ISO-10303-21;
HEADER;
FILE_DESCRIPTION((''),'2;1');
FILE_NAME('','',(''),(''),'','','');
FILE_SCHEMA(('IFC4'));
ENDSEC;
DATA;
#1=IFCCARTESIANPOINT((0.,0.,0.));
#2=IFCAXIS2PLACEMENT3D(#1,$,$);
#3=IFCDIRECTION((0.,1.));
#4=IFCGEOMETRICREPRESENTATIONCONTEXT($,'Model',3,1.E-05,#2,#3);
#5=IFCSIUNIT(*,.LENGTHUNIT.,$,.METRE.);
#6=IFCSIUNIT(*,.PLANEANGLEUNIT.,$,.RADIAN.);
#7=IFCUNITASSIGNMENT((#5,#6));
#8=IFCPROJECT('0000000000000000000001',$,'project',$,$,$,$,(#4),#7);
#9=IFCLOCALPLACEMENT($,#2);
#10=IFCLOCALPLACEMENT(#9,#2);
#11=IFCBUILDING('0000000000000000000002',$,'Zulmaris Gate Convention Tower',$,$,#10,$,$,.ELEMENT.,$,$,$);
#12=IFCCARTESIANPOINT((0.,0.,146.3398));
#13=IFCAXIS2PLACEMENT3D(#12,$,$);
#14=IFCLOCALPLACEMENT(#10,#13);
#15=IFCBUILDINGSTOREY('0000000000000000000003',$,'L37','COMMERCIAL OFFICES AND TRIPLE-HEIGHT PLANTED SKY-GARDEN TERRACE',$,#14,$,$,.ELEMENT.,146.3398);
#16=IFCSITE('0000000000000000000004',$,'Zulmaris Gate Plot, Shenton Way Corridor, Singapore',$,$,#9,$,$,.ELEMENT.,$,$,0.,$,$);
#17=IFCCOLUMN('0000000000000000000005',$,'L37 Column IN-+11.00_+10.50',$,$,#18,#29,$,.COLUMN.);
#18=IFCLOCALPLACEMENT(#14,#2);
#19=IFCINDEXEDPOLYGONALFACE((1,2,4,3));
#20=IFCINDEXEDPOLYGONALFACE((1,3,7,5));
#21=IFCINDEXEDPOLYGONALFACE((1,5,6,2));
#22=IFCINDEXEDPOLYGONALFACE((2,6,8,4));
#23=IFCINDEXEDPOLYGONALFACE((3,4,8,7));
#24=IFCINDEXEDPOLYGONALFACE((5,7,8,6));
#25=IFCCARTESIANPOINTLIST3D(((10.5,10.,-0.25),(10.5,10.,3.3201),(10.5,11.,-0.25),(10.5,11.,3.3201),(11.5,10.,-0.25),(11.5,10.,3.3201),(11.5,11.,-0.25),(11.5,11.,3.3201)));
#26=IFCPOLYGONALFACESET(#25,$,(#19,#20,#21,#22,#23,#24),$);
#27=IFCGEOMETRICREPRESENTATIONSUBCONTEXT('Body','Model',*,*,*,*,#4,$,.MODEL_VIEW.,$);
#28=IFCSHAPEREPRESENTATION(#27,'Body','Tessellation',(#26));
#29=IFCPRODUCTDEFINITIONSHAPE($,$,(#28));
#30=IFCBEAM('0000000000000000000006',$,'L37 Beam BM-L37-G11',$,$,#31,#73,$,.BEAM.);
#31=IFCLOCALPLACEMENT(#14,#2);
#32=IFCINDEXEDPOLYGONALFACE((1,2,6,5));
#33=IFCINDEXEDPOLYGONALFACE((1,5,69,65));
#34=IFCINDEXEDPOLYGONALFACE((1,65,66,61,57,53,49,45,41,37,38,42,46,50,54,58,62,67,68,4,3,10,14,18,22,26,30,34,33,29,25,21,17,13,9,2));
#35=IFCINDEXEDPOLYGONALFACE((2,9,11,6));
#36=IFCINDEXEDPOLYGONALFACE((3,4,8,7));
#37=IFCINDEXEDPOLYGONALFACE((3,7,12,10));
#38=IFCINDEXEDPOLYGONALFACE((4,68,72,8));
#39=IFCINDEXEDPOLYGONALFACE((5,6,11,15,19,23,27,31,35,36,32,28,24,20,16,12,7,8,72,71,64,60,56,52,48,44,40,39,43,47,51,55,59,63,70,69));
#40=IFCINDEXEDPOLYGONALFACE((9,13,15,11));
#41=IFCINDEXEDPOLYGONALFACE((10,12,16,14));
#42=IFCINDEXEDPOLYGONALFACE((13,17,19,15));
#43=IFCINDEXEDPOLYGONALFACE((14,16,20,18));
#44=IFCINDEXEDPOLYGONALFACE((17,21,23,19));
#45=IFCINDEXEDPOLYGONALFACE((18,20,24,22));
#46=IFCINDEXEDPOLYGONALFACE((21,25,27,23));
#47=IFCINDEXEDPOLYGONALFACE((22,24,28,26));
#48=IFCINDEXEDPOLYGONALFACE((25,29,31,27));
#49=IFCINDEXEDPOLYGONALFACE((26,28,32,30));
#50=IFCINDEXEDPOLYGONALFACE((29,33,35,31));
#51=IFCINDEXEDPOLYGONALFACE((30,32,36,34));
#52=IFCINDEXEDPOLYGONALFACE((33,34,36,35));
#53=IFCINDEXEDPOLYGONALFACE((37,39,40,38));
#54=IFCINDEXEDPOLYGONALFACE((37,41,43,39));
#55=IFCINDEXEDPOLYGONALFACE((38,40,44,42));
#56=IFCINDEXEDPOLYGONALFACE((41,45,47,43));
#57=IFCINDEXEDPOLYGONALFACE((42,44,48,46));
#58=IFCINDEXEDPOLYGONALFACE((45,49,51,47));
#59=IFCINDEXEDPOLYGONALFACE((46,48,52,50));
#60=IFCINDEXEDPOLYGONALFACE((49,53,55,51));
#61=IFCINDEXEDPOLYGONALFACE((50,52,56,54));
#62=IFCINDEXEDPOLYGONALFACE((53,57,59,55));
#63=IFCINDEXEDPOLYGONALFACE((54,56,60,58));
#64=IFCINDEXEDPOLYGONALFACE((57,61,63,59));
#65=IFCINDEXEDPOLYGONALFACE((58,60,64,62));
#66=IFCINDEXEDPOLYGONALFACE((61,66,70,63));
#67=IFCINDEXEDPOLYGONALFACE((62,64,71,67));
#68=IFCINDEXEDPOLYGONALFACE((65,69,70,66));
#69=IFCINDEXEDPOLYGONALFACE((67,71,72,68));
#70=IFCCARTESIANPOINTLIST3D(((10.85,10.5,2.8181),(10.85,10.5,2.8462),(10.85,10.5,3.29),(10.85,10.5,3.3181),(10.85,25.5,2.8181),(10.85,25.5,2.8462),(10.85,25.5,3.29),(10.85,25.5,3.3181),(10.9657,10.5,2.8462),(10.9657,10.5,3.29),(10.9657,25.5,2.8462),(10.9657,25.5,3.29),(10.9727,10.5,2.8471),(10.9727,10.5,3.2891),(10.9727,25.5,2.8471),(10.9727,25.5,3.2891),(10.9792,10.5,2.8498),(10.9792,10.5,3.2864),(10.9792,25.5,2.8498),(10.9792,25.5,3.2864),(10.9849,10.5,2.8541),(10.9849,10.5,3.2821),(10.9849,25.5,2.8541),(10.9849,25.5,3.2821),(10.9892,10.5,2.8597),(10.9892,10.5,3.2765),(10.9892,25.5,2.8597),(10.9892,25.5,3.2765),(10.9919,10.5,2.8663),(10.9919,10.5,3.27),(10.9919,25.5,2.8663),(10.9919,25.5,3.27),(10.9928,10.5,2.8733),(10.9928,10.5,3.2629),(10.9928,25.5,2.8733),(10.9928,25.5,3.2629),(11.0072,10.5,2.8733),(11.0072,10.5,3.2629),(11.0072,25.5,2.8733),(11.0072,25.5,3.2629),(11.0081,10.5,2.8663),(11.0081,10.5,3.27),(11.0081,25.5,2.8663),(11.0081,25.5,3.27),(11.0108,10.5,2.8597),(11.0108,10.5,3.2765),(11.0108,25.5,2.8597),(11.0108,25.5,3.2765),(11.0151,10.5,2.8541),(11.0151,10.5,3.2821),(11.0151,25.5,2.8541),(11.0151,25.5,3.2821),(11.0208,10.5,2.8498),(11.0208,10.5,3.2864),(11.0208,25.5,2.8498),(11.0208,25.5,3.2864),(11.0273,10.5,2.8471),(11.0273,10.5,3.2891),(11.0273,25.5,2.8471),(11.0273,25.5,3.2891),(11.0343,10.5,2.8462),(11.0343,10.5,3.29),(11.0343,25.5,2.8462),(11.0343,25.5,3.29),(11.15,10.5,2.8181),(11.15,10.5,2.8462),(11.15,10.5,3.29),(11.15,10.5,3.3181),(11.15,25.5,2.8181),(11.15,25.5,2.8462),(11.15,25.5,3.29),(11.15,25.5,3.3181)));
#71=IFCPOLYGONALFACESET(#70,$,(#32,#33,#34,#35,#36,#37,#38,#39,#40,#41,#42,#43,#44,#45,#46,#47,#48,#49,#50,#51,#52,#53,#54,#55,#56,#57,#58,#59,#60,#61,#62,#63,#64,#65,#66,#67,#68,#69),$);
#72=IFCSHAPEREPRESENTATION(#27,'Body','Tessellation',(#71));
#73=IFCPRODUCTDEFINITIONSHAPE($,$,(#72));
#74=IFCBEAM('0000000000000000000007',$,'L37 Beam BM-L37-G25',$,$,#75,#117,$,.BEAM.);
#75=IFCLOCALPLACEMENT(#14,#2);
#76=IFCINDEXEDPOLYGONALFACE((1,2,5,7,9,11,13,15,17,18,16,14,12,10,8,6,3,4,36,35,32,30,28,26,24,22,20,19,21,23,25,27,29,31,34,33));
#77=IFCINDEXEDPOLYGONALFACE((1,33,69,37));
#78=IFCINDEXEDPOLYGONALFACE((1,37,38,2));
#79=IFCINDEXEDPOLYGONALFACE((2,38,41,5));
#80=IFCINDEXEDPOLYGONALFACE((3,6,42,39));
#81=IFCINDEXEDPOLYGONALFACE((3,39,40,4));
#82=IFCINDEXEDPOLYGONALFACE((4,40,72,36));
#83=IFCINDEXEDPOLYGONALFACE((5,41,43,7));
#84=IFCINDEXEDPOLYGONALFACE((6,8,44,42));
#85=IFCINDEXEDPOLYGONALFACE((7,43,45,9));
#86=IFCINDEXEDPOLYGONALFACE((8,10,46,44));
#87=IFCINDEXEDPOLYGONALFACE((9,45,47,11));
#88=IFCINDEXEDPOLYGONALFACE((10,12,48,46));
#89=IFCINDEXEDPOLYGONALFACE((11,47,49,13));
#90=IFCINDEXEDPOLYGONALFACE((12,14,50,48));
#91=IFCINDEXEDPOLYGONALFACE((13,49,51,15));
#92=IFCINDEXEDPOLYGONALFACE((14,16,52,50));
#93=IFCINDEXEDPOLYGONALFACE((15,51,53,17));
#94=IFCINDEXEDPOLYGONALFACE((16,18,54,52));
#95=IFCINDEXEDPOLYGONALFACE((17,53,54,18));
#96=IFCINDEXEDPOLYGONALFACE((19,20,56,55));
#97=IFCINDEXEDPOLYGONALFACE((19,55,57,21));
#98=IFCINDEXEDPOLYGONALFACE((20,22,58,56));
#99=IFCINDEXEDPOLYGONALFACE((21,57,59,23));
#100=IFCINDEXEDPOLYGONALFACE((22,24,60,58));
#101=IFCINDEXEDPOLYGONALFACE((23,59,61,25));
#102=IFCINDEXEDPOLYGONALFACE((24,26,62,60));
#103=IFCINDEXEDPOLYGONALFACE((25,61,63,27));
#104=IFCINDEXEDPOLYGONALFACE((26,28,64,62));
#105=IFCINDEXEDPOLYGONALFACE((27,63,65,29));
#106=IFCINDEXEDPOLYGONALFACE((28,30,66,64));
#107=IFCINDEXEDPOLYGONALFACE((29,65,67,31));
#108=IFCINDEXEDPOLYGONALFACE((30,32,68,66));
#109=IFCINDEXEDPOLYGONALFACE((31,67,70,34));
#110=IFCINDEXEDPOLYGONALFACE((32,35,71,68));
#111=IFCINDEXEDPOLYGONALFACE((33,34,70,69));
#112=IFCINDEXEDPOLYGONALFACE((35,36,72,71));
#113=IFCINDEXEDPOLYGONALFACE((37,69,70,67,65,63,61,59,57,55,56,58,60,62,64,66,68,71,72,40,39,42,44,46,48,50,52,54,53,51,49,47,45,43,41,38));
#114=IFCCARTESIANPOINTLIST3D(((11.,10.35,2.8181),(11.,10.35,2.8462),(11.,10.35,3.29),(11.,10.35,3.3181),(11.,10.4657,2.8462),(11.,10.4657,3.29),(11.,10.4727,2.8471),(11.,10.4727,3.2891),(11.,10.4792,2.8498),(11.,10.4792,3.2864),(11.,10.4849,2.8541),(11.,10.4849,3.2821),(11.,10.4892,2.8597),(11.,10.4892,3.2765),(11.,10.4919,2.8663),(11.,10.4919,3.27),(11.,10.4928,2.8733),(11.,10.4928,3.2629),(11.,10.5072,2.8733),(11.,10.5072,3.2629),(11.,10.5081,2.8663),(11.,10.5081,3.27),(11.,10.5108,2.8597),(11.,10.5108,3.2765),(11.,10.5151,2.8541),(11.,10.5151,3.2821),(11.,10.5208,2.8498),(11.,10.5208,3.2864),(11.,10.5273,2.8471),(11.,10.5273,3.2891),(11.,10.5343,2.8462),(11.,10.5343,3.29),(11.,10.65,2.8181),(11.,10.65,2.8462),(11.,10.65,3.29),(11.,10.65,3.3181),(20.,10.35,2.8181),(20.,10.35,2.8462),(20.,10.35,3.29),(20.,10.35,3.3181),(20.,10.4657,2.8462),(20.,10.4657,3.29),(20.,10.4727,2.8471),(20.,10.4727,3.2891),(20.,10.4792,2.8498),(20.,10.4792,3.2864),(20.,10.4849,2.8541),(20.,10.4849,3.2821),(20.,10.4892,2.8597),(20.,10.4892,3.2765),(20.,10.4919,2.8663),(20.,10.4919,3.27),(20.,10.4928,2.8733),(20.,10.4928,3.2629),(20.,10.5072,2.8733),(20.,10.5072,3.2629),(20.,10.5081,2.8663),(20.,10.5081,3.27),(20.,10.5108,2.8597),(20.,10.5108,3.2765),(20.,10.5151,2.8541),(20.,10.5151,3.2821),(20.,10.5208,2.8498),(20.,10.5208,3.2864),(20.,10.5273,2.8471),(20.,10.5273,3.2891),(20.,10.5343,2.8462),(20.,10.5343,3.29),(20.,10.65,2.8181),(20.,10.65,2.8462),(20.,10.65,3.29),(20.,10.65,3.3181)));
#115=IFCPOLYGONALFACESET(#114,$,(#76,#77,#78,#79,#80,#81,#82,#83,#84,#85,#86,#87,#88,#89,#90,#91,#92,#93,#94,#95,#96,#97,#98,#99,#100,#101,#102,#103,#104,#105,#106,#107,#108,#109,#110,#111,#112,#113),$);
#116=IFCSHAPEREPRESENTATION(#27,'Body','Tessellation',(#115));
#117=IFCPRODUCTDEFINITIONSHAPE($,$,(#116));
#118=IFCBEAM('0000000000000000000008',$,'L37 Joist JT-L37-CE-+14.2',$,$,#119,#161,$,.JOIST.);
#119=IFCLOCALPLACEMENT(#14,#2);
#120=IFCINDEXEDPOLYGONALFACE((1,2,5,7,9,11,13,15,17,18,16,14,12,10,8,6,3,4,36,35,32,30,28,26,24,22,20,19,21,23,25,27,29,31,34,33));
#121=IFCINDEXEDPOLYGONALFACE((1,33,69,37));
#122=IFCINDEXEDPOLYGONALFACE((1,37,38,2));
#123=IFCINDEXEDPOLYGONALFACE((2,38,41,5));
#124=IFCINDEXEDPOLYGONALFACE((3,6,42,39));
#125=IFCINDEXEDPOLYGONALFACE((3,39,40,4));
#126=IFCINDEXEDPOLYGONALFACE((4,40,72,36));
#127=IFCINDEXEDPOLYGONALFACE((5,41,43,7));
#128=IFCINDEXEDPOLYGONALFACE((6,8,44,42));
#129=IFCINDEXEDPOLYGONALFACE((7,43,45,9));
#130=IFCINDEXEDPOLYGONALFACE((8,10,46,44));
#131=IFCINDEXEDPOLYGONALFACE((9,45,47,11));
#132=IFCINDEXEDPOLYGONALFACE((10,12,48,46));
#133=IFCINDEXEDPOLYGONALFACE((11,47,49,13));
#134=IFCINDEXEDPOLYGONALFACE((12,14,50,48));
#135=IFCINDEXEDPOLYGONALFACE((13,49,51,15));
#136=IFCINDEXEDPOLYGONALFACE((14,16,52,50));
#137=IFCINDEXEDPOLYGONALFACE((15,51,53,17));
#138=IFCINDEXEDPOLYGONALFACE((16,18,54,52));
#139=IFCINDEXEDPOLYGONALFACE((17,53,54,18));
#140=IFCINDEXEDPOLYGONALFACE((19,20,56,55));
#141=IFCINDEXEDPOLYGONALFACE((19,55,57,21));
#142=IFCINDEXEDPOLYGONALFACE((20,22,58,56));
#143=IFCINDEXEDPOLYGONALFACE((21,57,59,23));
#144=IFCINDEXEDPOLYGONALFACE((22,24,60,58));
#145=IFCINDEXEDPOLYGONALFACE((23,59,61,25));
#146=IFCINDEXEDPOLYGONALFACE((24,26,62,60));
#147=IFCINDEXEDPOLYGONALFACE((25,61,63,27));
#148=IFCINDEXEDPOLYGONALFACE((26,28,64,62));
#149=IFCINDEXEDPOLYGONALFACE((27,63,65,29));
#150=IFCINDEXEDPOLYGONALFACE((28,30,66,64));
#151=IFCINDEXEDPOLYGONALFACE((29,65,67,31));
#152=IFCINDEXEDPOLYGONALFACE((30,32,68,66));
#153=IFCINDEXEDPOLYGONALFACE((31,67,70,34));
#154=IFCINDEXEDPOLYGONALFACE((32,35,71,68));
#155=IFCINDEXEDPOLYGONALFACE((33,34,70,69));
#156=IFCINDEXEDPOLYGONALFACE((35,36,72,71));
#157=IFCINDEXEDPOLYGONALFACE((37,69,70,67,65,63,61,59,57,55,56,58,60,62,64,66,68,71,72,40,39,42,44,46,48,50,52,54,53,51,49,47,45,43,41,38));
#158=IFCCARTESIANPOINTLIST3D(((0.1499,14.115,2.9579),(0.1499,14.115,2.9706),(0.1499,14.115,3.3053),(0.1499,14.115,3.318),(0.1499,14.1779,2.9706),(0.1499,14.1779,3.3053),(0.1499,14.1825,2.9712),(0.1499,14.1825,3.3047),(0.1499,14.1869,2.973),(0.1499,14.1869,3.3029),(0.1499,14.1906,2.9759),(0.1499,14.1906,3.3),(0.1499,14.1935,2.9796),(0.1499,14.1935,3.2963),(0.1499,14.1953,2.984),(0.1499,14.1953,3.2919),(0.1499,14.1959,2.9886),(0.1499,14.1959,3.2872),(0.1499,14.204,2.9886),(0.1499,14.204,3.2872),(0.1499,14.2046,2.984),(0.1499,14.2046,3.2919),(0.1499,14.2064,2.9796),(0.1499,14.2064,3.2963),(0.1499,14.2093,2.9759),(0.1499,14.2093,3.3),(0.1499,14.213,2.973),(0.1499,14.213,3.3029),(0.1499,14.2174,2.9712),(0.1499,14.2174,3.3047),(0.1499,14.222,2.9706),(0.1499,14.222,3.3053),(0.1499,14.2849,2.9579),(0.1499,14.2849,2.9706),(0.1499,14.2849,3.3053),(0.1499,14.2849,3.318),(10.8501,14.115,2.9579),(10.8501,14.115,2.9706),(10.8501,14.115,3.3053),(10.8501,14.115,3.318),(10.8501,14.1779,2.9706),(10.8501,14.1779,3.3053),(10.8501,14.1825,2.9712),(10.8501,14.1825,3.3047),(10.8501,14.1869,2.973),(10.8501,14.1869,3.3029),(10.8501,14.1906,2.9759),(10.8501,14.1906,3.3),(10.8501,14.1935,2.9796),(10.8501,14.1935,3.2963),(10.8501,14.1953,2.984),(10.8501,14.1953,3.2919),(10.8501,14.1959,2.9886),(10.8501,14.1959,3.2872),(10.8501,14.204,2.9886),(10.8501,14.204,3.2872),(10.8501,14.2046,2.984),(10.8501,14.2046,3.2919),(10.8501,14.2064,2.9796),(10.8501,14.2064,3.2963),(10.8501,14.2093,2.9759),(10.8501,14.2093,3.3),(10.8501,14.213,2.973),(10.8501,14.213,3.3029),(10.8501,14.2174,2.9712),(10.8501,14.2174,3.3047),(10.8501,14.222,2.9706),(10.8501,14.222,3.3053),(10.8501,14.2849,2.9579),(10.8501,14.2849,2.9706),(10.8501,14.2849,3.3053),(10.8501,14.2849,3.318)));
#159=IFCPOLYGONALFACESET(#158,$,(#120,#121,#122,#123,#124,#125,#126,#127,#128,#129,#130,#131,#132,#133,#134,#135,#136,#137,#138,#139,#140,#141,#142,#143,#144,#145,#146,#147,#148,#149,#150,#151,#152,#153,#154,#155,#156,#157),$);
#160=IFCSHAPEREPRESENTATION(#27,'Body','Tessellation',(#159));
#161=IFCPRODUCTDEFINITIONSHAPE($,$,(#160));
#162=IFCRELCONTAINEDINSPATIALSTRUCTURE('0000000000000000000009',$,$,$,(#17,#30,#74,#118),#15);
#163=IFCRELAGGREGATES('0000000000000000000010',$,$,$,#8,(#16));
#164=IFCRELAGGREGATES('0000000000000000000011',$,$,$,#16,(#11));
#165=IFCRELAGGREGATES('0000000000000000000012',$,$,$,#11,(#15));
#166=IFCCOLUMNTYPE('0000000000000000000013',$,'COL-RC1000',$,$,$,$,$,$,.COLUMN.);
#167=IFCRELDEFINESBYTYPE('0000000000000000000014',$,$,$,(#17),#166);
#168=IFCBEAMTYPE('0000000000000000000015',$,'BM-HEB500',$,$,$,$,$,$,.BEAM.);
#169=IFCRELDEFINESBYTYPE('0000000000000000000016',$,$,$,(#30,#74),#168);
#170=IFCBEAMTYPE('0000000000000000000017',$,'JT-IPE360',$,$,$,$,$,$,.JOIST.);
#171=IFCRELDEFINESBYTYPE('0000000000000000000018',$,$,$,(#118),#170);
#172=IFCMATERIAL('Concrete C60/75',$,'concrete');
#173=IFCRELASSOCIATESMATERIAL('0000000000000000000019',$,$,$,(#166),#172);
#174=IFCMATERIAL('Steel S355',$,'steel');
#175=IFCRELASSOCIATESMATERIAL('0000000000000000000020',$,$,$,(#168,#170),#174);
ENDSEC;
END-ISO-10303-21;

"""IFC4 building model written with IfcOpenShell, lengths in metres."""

from ifc_helpers import new_model, si_unit, direction, frame, origin, origin_2d, place, context, subcontext, project, spatial, rectangle, i_section, extrude, material, material_profile, profile_set, type_object, element, save


model = new_model("IFC4")

# Units and contexts
model_context = context("Model", 3, precision=1e-05, world=origin(), true_north=direction((0.0, 1.0)))
body_context = subcontext(model_context, "Body", "Model", "MODEL_VIEW")
ifc_project = project(units=[si_unit("LENGTHUNIT", "METRE"), si_unit("PLANEANGLEUNIT", "RADIAN")], contexts=[model_context])

# Site, building, storey
site_placement = place(None, origin())
site = spatial("IfcSite", under=ifc_project, at=site_placement, Name="Zulmaris Gate Plot, Shenton Way Corridor, Singapore", CompositionType="ELEMENT", RefElevation=0.0)
building_placement = place(site_placement, origin())
building = spatial("IfcBuilding", under=site, at=building_placement, Name="Zulmaris Gate Convention Tower", CompositionType="ELEMENT")
storey_placement = place(building_placement, frame((0.0, 0.0, 146.3398)))
storey = spatial("IfcBuildingStorey", under=building, at=storey_placement, Name="L37", Description="COMMERCIAL OFFICES AND TRIPLE-HEIGHT PLANTED SKY-GARDEN TERRACE", CompositionType="ELEMENT", Elevation=146.3398)

# Column
ifc_material_1 = material(Name="Concrete C60/75", Category="concrete")
ifc_material_profile_1 = material_profile(ifc_material_1, rectangle(XDim=1.0, YDim=1.0, at=origin_2d()), Name="RC COL 1000x1000")
ifc_profile_set_1 = profile_set([ifc_material_profile_1], Name="Concrete C60/75")
column_type = type_object("IfcColumnType", Name="COL-RC1000", PredefinedType="COLUMN", material=ifc_profile_set_1)
column_placement = place(storey_placement, frame((11.0, 10.5, -0.25), z_axis=(0.0, 0.0, 1.0), x_axis=(1.0, 0.0, 0.0)))
element("IfcColumn", 1, at=column_placement, inside=storey, type_object=column_type, Name="L37 Column IN-+11.00_+10.50", PredefinedType="COLUMN", context=body_context, shape_type="SweptSolid", body=[
    extrude(rectangle(XDim=1.0, YDim=1.0, at=origin_2d()), origin(), (0.0, 0.0, 1.0), 3.5701),
])

# Beams
ifc_material_2 = material(Name="Steel S355", Category="steel")
ifc_material_profile_2 = material_profile(ifc_material_2, i_section(OverallWidth=0.3, OverallDepth=0.5, WebThickness=0.0144, FlangeThickness=0.0281, FilletRadius=0.0271, at=origin_2d()), Name="HEB 500")
ifc_profile_set_2 = profile_set([ifc_material_profile_2], Name="Steel S355")
beam_type_1 = type_object("IfcBeamType", Name="BM-HEB500", PredefinedType="BEAM", material=ifc_profile_set_2)
beam_1_placement = place(storey_placement, frame((11.0, 10.5, 3.0681), z_axis=(0.0, 1.0, 0.0), x_axis=(-1.0, 0.0, 0.0)))
element("IfcBeam", 2, at=beam_1_placement, inside=storey, type_object=beam_type_1, Name="L37 Beam BM-L37-G11", PredefinedType="BEAM", context=body_context, shape_type="SweptSolid", body=[
    extrude(i_section(OverallWidth=0.3, OverallDepth=0.5, WebThickness=0.0144, FlangeThickness=0.0281, FilletRadius=0.0271, at=origin_2d()), origin(), (0.0, 0.0, 1.0), 15.0),
])
beam_2_placement = place(storey_placement, frame((11.0, 10.5, 3.0681), z_axis=(1.0, 0.0, 0.0), x_axis=(0.0, 1.0, 0.0)))
element("IfcBeam", 3, at=beam_2_placement, inside=storey, type_object=beam_type_1, Name="L37 Beam BM-L37-G25", PredefinedType="BEAM", context=body_context, shape_type="SweptSolid", body=[
    extrude(i_section(OverallWidth=0.3, OverallDepth=0.5, WebThickness=0.0144, FlangeThickness=0.0281, FilletRadius=0.0271, at=origin_2d()), origin(), (0.0, 0.0, 1.0), 9.0),
])
ifc_material_profile_3 = material_profile(ifc_material_2, i_section(OverallWidth=0.1699, OverallDepth=0.3601, WebThickness=0.0081, FlangeThickness=0.0127, FilletRadius=0.0181, at=origin_2d()), Name="IPE 360")
ifc_profile_set_3 = profile_set([ifc_material_profile_3], Name="Steel S355")
beam_type_2 = type_object("IfcBeamType", Name="JT-IPE360", PredefinedType="JOIST", material=ifc_profile_set_3)
for number, where, z_axis, x_axis, name in (
    (4, (0.1499, 14.2, 3.1379), (1.0, 0.0, 0.0), (0.0, 1.0, 0.0), "L37 Joist JT-L37-CE-+14.2"),
):
    element("IfcBeam", number, at=place(storey_placement, frame(where, z_axis=z_axis, x_axis=x_axis)), inside=storey, type_object=beam_type_2, Name=name, PredefinedType="JOIST", context=body_context, shape_type="SweptSolid", body=[
        extrude(i_section(OverallWidth=0.1699, OverallDepth=0.3601, WebThickness=0.0081, FlangeThickness=0.0127, FilletRadius=0.0181, at=origin_2d()), origin(), (0.0, 0.0, 1.0), 10.7002),
    ])

save(model, "model.ifc")
